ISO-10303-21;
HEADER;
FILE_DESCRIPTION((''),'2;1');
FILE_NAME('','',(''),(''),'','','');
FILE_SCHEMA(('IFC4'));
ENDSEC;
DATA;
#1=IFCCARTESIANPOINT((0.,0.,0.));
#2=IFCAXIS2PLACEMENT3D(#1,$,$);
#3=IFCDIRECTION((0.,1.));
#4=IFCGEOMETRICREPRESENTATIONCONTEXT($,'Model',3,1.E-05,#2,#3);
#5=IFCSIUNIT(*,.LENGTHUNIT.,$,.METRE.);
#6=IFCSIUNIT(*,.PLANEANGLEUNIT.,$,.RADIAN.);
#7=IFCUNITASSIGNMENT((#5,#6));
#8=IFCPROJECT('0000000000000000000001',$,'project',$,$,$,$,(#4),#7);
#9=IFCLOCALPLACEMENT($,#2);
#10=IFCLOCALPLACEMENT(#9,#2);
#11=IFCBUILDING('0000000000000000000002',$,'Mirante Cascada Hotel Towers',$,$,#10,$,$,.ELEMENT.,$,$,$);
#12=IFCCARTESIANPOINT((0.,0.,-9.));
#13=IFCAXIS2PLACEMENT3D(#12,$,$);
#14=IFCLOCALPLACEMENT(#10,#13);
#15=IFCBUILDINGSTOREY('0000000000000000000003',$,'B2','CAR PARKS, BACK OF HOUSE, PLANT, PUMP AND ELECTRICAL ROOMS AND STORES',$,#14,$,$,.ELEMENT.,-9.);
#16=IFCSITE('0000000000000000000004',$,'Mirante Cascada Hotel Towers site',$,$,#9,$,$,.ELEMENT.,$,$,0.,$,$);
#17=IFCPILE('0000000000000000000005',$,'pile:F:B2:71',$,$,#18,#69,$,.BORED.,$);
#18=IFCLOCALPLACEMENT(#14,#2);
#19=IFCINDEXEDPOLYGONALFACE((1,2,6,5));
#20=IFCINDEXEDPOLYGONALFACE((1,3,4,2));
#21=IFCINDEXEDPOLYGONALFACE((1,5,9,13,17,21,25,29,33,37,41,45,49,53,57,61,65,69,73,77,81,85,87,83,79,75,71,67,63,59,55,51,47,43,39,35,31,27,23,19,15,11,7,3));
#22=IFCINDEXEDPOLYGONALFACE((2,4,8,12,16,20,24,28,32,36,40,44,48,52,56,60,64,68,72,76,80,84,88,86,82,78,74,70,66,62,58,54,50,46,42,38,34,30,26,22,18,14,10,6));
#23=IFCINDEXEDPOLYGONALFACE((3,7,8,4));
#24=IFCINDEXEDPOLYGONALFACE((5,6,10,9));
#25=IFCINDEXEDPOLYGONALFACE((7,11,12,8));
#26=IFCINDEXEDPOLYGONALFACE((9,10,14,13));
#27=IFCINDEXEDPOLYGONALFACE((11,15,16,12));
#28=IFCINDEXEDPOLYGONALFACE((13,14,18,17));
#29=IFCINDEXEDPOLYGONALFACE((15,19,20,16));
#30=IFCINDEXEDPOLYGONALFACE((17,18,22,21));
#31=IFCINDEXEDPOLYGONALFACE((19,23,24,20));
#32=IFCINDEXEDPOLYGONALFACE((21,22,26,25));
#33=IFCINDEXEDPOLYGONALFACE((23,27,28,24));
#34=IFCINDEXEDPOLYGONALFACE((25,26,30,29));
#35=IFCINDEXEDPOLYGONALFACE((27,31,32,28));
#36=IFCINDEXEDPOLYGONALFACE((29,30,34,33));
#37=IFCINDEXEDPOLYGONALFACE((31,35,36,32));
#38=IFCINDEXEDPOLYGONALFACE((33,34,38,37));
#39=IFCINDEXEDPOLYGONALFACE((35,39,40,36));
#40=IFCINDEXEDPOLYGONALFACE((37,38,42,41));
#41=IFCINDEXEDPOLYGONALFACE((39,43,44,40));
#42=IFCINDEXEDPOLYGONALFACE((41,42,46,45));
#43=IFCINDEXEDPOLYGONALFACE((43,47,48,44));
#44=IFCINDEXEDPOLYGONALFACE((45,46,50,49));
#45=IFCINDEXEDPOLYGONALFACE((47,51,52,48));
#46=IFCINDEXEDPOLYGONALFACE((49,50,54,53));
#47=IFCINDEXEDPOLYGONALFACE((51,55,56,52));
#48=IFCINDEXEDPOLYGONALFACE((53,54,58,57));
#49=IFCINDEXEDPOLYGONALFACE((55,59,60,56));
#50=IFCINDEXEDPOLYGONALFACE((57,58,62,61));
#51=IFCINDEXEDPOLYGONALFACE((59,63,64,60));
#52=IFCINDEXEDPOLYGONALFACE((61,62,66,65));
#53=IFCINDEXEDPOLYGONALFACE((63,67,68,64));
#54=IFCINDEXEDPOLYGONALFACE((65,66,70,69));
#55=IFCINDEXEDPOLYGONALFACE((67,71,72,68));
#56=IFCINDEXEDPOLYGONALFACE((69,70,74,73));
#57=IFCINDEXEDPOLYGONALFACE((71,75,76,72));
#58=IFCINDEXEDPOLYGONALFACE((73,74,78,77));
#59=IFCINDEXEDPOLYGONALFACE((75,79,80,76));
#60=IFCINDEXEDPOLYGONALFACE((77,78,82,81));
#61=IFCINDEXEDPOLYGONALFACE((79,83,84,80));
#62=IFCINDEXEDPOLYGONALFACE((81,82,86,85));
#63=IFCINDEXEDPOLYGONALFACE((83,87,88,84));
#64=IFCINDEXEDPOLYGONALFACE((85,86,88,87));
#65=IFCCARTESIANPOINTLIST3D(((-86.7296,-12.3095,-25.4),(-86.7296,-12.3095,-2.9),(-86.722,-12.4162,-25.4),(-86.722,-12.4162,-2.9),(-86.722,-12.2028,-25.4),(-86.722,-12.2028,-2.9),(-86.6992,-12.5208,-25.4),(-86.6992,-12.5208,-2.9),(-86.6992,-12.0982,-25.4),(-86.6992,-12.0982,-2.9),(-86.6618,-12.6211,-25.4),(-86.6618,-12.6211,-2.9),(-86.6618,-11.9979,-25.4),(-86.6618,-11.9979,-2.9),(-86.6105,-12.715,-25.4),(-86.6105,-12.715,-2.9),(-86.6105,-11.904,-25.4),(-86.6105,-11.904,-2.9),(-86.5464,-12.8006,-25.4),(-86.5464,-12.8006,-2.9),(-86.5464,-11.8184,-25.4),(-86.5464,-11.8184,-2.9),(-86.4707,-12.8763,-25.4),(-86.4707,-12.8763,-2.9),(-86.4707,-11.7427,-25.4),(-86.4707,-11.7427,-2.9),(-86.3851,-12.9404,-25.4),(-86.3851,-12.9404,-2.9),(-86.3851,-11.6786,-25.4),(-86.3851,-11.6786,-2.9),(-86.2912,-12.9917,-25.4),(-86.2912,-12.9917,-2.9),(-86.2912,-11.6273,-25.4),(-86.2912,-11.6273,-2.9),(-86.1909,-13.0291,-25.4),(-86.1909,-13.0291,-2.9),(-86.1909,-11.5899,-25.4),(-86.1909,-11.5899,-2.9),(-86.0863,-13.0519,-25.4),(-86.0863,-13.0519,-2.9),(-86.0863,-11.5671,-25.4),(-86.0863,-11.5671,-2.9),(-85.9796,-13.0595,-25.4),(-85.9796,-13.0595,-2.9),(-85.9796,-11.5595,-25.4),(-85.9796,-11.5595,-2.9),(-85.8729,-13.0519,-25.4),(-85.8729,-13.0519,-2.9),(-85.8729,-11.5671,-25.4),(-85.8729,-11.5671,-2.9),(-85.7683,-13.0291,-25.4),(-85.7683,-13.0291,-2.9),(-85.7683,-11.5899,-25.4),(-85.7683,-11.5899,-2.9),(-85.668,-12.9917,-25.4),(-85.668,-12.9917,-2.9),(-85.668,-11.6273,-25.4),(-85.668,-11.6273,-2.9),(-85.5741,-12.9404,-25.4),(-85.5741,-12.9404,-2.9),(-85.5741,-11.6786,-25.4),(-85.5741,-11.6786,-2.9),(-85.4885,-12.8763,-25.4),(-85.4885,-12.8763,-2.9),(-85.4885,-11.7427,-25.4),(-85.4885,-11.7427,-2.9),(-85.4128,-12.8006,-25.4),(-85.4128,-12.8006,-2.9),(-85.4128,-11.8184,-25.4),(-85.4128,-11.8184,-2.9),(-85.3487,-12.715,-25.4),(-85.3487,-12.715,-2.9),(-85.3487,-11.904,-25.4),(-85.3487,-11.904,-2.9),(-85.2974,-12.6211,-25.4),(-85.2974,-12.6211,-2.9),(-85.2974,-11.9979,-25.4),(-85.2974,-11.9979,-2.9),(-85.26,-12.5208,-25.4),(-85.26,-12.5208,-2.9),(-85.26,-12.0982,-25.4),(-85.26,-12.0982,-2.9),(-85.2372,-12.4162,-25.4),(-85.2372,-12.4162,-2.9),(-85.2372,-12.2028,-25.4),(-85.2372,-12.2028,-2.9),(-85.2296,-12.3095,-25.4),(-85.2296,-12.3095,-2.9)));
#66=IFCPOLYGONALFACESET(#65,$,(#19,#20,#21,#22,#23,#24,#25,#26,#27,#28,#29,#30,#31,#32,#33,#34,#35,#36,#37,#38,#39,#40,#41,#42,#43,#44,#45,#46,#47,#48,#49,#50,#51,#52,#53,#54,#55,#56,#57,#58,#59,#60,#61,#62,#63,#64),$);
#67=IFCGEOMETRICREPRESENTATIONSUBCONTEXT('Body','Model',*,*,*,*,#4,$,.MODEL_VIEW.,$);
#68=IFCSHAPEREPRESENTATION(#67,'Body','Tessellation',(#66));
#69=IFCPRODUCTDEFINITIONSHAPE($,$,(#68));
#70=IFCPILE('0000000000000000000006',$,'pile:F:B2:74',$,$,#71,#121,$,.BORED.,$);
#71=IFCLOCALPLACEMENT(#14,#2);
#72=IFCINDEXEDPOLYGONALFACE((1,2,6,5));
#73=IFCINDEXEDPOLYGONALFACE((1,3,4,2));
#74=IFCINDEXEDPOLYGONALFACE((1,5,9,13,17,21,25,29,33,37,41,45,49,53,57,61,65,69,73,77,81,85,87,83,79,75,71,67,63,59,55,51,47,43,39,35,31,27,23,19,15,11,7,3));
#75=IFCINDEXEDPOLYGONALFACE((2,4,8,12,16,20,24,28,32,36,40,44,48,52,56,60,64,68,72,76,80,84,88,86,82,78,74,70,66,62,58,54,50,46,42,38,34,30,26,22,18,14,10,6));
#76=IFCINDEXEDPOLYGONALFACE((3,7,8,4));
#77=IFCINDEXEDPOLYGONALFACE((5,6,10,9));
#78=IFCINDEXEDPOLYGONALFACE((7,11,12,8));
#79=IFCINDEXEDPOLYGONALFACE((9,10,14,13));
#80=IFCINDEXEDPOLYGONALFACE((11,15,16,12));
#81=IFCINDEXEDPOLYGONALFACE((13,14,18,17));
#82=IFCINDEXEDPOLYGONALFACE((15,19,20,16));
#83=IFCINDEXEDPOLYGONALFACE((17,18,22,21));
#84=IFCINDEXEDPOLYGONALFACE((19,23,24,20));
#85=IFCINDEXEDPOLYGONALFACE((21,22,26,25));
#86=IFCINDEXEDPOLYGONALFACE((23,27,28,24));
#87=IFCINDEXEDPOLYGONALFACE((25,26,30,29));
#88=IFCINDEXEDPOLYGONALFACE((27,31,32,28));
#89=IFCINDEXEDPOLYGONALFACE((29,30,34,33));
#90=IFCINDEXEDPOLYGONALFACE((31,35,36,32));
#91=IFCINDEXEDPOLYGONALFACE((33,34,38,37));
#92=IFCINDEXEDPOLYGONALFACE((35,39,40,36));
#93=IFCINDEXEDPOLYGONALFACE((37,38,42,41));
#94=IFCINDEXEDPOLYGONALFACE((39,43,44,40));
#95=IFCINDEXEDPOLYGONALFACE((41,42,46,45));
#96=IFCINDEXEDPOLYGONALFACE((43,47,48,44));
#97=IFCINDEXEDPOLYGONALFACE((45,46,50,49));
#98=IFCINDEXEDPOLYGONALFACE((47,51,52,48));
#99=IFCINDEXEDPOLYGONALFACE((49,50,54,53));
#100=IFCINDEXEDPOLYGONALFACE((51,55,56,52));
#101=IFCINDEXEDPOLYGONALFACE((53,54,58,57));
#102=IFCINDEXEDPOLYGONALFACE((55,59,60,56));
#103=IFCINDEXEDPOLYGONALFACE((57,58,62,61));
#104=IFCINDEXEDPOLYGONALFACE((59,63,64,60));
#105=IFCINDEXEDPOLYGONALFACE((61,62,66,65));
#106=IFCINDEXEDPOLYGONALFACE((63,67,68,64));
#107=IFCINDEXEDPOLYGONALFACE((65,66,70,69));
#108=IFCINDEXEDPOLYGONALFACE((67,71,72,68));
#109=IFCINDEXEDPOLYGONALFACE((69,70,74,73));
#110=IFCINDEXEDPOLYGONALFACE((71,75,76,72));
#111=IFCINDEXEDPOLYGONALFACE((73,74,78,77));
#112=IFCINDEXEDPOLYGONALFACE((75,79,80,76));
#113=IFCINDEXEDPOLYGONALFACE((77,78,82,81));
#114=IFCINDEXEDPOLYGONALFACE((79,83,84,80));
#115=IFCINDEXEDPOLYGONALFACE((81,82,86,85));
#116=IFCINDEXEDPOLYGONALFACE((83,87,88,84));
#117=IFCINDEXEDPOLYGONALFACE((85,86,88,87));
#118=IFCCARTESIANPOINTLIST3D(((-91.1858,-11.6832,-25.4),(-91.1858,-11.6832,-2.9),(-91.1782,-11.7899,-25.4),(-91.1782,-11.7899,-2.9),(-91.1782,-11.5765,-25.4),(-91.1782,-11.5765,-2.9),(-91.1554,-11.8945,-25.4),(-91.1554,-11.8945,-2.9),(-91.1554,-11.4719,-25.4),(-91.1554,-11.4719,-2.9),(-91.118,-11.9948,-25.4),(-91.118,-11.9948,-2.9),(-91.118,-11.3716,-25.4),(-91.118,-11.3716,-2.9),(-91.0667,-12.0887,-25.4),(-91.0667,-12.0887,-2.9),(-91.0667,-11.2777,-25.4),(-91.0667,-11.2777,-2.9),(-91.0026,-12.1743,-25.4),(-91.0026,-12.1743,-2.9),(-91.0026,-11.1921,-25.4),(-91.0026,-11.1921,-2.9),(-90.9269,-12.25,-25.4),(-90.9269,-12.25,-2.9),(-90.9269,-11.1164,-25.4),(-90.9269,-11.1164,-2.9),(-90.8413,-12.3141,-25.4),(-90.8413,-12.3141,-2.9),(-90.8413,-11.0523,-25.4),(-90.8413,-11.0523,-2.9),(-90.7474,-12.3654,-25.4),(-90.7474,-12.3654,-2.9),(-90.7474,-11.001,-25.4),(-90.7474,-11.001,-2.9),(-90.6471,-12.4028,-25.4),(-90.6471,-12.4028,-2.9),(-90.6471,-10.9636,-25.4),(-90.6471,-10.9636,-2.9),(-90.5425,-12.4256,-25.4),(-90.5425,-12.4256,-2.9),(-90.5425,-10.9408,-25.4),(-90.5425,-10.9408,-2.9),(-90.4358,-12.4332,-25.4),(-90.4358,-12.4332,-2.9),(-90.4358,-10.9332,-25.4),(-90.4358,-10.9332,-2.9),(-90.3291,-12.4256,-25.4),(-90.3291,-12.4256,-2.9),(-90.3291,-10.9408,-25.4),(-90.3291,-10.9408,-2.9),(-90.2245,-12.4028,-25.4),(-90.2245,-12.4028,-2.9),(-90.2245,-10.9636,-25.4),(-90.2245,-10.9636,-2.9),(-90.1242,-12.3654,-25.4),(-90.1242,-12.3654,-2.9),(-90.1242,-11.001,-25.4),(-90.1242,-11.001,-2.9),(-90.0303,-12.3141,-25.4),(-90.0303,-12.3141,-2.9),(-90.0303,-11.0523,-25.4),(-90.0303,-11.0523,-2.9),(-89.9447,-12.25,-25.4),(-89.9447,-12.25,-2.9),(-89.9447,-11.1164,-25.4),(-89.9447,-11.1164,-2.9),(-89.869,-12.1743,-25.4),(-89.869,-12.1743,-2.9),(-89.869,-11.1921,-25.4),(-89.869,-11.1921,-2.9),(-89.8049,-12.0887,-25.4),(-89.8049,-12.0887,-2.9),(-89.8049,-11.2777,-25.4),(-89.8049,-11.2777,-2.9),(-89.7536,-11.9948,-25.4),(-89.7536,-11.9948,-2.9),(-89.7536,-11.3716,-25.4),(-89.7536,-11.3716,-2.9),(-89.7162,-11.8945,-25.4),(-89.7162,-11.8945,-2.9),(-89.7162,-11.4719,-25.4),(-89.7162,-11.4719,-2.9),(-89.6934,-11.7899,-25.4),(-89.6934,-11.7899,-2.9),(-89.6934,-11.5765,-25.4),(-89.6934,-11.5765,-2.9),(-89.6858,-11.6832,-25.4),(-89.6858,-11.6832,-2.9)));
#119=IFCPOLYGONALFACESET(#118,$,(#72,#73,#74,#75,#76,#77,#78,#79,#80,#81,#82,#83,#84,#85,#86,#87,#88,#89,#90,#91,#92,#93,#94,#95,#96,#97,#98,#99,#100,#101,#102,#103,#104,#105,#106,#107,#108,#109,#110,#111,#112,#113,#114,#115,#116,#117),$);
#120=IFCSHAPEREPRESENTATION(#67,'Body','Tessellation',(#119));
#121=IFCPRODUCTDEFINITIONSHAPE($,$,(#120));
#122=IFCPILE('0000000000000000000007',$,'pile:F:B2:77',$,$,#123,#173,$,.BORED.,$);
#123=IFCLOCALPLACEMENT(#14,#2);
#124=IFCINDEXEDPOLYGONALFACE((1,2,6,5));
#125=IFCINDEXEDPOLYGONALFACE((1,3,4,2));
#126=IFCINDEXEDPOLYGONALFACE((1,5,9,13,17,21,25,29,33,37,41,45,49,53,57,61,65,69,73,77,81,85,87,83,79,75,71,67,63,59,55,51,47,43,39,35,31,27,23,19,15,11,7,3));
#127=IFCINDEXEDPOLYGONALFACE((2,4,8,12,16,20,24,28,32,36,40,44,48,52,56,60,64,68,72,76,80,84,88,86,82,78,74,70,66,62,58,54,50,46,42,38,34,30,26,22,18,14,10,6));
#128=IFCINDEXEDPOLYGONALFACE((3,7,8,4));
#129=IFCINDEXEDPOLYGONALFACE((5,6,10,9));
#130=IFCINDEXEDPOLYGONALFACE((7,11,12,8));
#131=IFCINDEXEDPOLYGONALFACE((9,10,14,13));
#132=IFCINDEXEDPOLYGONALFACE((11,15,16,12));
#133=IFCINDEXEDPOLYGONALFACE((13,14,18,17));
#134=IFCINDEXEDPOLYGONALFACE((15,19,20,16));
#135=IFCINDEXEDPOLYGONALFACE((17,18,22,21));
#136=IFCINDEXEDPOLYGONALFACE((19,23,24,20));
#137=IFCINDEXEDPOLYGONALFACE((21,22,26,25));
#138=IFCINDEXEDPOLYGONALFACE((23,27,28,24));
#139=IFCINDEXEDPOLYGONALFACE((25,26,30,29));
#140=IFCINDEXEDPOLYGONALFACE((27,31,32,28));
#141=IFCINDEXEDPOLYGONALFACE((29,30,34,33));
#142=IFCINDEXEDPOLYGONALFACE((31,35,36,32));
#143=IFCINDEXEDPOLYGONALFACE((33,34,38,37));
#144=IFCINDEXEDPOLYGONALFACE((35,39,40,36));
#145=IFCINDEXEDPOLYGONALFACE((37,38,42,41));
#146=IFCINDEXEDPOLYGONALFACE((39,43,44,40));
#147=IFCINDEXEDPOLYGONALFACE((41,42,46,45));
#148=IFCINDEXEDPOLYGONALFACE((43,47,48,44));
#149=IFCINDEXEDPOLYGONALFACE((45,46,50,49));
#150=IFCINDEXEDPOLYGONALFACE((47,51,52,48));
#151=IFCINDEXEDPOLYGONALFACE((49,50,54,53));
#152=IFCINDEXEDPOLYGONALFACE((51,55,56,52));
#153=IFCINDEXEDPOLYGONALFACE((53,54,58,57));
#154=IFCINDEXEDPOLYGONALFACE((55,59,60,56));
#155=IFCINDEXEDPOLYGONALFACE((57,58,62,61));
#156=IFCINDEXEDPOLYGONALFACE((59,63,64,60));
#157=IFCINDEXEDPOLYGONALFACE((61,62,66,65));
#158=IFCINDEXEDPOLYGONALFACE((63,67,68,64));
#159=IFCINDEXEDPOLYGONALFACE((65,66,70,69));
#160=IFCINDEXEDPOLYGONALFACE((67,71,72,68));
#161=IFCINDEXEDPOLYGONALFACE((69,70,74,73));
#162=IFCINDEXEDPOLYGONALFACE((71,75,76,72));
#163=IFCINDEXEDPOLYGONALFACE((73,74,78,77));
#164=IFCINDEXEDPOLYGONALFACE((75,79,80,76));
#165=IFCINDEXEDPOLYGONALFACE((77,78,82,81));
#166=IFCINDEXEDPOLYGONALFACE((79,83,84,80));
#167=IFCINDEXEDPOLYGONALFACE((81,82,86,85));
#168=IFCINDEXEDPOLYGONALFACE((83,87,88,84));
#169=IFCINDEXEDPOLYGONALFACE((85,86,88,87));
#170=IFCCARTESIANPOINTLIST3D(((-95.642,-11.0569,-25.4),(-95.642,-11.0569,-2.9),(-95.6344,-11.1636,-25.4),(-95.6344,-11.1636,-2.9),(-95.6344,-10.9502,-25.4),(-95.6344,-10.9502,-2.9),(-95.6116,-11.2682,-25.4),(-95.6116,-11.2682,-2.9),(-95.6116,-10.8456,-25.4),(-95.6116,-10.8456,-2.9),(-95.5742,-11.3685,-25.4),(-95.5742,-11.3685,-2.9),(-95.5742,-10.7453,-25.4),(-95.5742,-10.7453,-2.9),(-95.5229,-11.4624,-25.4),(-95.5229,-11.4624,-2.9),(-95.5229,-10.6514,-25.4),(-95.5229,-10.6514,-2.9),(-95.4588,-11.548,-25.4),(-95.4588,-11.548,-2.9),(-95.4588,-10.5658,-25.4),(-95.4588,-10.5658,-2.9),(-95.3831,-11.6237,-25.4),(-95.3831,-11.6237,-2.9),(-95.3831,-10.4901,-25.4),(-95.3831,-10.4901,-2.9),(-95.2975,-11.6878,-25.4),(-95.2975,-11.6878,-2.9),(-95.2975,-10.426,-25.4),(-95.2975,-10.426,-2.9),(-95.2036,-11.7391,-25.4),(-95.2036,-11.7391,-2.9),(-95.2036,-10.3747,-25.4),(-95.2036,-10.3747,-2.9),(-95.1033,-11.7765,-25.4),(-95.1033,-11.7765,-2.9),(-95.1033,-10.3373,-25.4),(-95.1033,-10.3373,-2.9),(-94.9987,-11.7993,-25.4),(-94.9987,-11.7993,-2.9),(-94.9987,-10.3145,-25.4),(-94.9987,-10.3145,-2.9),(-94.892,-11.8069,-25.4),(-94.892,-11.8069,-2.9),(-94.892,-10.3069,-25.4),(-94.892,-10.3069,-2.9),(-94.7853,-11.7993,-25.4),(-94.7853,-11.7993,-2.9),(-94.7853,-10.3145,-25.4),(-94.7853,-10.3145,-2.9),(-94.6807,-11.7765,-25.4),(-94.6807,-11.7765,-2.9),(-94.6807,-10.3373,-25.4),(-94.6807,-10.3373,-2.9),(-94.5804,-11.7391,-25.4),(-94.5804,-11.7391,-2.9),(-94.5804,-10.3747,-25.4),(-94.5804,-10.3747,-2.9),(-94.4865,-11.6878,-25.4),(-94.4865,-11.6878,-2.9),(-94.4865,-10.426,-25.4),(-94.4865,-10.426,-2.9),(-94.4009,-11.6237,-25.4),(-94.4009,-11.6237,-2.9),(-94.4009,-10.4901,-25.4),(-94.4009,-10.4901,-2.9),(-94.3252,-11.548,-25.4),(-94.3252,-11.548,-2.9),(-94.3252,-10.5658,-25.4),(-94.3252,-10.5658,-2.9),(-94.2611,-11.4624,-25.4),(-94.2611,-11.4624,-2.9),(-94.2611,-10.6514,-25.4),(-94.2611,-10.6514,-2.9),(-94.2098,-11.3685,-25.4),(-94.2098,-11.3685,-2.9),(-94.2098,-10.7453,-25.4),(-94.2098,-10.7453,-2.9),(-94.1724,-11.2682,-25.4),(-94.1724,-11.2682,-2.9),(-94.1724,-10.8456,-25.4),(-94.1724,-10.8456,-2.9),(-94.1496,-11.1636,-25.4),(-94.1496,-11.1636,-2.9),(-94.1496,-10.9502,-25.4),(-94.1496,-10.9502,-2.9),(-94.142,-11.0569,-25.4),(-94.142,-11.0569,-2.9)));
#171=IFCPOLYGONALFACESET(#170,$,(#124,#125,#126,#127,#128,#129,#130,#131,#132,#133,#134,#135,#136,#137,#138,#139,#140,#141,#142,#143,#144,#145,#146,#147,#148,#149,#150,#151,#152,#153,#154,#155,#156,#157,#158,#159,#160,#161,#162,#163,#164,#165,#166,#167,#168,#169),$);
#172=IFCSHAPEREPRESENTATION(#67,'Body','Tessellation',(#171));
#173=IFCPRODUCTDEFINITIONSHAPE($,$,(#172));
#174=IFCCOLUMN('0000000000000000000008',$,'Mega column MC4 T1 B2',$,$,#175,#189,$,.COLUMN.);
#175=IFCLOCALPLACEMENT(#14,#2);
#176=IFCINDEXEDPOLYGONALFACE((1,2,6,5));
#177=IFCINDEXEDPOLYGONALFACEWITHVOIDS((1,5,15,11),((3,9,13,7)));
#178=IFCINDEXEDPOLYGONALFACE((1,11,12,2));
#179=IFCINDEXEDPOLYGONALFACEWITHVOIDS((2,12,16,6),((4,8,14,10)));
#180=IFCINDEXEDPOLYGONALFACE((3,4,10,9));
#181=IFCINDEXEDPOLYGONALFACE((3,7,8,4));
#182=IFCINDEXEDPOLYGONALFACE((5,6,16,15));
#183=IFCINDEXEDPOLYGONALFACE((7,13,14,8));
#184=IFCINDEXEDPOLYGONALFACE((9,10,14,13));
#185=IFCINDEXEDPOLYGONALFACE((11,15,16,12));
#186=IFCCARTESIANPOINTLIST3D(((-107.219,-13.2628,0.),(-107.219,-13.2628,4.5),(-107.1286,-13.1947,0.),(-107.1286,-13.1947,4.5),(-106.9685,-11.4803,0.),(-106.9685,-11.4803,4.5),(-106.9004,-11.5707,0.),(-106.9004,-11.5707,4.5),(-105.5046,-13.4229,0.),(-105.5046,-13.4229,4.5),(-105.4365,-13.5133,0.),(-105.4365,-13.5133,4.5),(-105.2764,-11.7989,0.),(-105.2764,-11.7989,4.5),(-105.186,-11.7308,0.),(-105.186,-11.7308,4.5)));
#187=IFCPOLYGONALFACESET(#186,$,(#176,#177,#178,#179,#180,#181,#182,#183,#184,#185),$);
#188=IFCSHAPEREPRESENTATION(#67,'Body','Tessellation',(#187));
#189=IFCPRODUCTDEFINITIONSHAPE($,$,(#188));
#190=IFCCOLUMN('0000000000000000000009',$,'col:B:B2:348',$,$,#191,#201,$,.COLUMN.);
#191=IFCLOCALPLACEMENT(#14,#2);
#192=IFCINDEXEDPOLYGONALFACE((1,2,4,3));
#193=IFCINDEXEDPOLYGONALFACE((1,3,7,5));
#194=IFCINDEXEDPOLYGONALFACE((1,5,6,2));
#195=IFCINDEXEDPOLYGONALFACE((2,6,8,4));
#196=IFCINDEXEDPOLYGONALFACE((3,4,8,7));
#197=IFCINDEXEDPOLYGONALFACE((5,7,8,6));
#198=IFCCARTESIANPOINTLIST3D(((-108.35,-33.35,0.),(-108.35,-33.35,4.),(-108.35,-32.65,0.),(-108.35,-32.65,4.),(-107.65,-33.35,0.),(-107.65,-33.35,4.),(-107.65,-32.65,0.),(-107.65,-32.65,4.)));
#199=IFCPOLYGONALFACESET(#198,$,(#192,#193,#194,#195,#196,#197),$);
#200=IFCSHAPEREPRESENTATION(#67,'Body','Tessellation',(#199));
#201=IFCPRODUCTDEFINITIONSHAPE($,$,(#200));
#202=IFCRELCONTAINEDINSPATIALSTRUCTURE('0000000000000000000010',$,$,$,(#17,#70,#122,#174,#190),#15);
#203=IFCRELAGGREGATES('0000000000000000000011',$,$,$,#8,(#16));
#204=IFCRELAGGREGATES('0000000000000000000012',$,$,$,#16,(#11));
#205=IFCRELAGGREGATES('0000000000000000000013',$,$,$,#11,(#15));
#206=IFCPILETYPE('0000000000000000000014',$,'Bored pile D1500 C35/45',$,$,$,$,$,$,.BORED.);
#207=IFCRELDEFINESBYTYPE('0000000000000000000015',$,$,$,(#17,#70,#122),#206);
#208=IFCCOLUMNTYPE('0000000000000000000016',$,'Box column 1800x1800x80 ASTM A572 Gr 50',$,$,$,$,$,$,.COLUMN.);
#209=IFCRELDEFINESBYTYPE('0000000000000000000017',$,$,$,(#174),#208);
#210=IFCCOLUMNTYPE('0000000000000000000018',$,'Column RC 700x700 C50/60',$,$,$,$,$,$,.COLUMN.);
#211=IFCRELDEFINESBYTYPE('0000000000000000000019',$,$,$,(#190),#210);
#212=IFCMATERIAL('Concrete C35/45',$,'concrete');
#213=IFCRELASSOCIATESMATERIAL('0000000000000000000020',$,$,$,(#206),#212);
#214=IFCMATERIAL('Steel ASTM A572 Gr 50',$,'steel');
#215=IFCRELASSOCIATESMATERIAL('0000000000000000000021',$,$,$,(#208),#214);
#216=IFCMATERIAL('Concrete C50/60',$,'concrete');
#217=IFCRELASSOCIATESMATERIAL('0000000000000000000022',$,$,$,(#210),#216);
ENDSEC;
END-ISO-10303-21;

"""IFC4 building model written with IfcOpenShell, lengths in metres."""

from ifc_helpers import new_model, si_unit, direction, frame, origin, origin_2d, place, context, subcontext, project, spatial, rectangle, hollow_rectangle, circle, extrude, material, material_profile, profile_set, type_object, element, save


model = new_model("IFC4")

# Units and contexts
model_context = context("Model", 3, precision=1e-05, world=origin(), true_north=direction((0.0, 1.0)))
body_context = subcontext(model_context, "Body", "Model", "MODEL_VIEW")
ifc_project = project(units=[si_unit("LENGTHUNIT", "METRE"), si_unit("PLANEANGLEUNIT", "RADIAN")], contexts=[model_context])

# Site, building, storey
site_placement = place(None, origin())
site = spatial("IfcSite", under=ifc_project, at=site_placement, Name="Mirante Cascada Hotel Towers site", CompositionType="ELEMENT", RefElevation=0.0)
building_placement = place(site_placement, origin())
building = spatial("IfcBuilding", under=site, at=building_placement, Name="Mirante Cascada Hotel Towers", CompositionType="ELEMENT")
storey_placement = place(building_placement, frame((0.0, 0.0, -9.0)))
storey = spatial("IfcBuildingStorey", under=building, at=storey_placement, Name="B2", Description="CAR PARKS, BACK OF HOUSE, PLANT, PUMP AND ELECTRICAL ROOMS AND STORES", CompositionType="ELEMENT", Elevation=-9.0)

# Piles
ifc_material_1 = material(Name="Concrete C35/45", Category="concrete")
ifc_material_profile_1 = material_profile(ifc_material_1, circle(Radius=0.75, at=origin_2d()), Name="RC D1500")
ifc_profile_set_1 = profile_set([ifc_material_profile_1], Name="Concrete C35/45")
pile_type = type_object("IfcPileType", Name="Bored pile D1500 C35/45", PredefinedType="BORED", material=ifc_profile_set_1)
for number, where, z_axis, x_axis, name in (
    (1, (-85.9796, -12.3095, -2.9), (0.0, 0.0, -1.0), (1.0, 0.0, 0.0), "pile:F:B2:71"),
    (2, (-90.4358, -11.6832, -2.9), (0.0, 0.0, -1.0), (1.0, 0.0, 0.0), "pile:F:B2:74"),
    (3, (-94.892, -11.0569, -2.9), (0.0, 0.0, -1.0), (1.0, 0.0, 0.0), "pile:F:B2:77"),
):
    element("IfcPile", number, at=place(storey_placement, frame(where, z_axis=z_axis, x_axis=x_axis)), inside=storey, type_object=pile_type, Name=name, PredefinedType="BORED", context=body_context, shape_type="SweptSolid", body=[
        extrude(circle(Radius=0.75, at=origin_2d()), origin(), (0.0, 0.0, 1.0), 22.5),
    ])

# Columns
ifc_material_2 = material(Name="Steel ASTM A572 Gr 50", Category="steel")
ifc_material_profile_2 = material_profile(ifc_material_2, hollow_rectangle(XDim=1.8, YDim=1.8, WallThickness=0.08, at=origin_2d()), Name="Box column 1800x1800x80 ASTM A572 Gr 50")
ifc_profile_set_2 = profile_set([ifc_material_profile_2], Name="Steel ASTM A572 Gr 50")
column_type_1 = type_object("IfcColumnType", Name="Box column 1800x1800x80 ASTM A572 Gr 50", PredefinedType="COLUMN", material=ifc_profile_set_2)
column_placement = place(storey_placement, frame((-106.2025, -12.4968, 0.0), z_axis=(0.0, 0.0, 1.0), x_axis=(-0.990268, 0.139173, 0.0)))
element("IfcColumn", 4, at=column_placement, inside=storey, type_object=column_type_1, Name="Mega column MC4 T1 B2", PredefinedType="COLUMN", context=body_context, shape_type="SweptSolid", body=[
    extrude(hollow_rectangle(XDim=1.8, YDim=1.8, WallThickness=0.08, at=origin_2d()), origin(), (0.0, 0.0, 1.0), 4.5),
])
ifc_material_3 = material(Name="Concrete C50/60", Category="concrete")
ifc_material_profile_3 = material_profile(ifc_material_3, rectangle(XDim=0.7, YDim=0.7, at=origin_2d()), Name="RC 700x700")
ifc_profile_set_3 = profile_set([ifc_material_profile_3], Name="Concrete C50/60")
column_type_2 = type_object("IfcColumnType", Name="Column RC 700x700 C50/60", PredefinedType="COLUMN", material=ifc_profile_set_3)
for number, where, z_axis, x_axis, name in (
    (5, (-108.0, -33.0, 0.0), (0.0, 0.0, 1.0), (1.0, 0.0, 0.0), "col:B:B2:348"),
):
    element("IfcColumn", number, at=place(storey_placement, frame(where, z_axis=z_axis, x_axis=x_axis)), inside=storey, type_object=column_type_2, Name=name, PredefinedType="COLUMN", context=body_context, shape_type="SweptSolid", body=[
        extrude(rectangle(XDim=0.7, YDim=0.7, at=origin_2d()), origin(), (0.0, 0.0, 1.0), 4.0),
    ])

save(model, "model.ifc")
